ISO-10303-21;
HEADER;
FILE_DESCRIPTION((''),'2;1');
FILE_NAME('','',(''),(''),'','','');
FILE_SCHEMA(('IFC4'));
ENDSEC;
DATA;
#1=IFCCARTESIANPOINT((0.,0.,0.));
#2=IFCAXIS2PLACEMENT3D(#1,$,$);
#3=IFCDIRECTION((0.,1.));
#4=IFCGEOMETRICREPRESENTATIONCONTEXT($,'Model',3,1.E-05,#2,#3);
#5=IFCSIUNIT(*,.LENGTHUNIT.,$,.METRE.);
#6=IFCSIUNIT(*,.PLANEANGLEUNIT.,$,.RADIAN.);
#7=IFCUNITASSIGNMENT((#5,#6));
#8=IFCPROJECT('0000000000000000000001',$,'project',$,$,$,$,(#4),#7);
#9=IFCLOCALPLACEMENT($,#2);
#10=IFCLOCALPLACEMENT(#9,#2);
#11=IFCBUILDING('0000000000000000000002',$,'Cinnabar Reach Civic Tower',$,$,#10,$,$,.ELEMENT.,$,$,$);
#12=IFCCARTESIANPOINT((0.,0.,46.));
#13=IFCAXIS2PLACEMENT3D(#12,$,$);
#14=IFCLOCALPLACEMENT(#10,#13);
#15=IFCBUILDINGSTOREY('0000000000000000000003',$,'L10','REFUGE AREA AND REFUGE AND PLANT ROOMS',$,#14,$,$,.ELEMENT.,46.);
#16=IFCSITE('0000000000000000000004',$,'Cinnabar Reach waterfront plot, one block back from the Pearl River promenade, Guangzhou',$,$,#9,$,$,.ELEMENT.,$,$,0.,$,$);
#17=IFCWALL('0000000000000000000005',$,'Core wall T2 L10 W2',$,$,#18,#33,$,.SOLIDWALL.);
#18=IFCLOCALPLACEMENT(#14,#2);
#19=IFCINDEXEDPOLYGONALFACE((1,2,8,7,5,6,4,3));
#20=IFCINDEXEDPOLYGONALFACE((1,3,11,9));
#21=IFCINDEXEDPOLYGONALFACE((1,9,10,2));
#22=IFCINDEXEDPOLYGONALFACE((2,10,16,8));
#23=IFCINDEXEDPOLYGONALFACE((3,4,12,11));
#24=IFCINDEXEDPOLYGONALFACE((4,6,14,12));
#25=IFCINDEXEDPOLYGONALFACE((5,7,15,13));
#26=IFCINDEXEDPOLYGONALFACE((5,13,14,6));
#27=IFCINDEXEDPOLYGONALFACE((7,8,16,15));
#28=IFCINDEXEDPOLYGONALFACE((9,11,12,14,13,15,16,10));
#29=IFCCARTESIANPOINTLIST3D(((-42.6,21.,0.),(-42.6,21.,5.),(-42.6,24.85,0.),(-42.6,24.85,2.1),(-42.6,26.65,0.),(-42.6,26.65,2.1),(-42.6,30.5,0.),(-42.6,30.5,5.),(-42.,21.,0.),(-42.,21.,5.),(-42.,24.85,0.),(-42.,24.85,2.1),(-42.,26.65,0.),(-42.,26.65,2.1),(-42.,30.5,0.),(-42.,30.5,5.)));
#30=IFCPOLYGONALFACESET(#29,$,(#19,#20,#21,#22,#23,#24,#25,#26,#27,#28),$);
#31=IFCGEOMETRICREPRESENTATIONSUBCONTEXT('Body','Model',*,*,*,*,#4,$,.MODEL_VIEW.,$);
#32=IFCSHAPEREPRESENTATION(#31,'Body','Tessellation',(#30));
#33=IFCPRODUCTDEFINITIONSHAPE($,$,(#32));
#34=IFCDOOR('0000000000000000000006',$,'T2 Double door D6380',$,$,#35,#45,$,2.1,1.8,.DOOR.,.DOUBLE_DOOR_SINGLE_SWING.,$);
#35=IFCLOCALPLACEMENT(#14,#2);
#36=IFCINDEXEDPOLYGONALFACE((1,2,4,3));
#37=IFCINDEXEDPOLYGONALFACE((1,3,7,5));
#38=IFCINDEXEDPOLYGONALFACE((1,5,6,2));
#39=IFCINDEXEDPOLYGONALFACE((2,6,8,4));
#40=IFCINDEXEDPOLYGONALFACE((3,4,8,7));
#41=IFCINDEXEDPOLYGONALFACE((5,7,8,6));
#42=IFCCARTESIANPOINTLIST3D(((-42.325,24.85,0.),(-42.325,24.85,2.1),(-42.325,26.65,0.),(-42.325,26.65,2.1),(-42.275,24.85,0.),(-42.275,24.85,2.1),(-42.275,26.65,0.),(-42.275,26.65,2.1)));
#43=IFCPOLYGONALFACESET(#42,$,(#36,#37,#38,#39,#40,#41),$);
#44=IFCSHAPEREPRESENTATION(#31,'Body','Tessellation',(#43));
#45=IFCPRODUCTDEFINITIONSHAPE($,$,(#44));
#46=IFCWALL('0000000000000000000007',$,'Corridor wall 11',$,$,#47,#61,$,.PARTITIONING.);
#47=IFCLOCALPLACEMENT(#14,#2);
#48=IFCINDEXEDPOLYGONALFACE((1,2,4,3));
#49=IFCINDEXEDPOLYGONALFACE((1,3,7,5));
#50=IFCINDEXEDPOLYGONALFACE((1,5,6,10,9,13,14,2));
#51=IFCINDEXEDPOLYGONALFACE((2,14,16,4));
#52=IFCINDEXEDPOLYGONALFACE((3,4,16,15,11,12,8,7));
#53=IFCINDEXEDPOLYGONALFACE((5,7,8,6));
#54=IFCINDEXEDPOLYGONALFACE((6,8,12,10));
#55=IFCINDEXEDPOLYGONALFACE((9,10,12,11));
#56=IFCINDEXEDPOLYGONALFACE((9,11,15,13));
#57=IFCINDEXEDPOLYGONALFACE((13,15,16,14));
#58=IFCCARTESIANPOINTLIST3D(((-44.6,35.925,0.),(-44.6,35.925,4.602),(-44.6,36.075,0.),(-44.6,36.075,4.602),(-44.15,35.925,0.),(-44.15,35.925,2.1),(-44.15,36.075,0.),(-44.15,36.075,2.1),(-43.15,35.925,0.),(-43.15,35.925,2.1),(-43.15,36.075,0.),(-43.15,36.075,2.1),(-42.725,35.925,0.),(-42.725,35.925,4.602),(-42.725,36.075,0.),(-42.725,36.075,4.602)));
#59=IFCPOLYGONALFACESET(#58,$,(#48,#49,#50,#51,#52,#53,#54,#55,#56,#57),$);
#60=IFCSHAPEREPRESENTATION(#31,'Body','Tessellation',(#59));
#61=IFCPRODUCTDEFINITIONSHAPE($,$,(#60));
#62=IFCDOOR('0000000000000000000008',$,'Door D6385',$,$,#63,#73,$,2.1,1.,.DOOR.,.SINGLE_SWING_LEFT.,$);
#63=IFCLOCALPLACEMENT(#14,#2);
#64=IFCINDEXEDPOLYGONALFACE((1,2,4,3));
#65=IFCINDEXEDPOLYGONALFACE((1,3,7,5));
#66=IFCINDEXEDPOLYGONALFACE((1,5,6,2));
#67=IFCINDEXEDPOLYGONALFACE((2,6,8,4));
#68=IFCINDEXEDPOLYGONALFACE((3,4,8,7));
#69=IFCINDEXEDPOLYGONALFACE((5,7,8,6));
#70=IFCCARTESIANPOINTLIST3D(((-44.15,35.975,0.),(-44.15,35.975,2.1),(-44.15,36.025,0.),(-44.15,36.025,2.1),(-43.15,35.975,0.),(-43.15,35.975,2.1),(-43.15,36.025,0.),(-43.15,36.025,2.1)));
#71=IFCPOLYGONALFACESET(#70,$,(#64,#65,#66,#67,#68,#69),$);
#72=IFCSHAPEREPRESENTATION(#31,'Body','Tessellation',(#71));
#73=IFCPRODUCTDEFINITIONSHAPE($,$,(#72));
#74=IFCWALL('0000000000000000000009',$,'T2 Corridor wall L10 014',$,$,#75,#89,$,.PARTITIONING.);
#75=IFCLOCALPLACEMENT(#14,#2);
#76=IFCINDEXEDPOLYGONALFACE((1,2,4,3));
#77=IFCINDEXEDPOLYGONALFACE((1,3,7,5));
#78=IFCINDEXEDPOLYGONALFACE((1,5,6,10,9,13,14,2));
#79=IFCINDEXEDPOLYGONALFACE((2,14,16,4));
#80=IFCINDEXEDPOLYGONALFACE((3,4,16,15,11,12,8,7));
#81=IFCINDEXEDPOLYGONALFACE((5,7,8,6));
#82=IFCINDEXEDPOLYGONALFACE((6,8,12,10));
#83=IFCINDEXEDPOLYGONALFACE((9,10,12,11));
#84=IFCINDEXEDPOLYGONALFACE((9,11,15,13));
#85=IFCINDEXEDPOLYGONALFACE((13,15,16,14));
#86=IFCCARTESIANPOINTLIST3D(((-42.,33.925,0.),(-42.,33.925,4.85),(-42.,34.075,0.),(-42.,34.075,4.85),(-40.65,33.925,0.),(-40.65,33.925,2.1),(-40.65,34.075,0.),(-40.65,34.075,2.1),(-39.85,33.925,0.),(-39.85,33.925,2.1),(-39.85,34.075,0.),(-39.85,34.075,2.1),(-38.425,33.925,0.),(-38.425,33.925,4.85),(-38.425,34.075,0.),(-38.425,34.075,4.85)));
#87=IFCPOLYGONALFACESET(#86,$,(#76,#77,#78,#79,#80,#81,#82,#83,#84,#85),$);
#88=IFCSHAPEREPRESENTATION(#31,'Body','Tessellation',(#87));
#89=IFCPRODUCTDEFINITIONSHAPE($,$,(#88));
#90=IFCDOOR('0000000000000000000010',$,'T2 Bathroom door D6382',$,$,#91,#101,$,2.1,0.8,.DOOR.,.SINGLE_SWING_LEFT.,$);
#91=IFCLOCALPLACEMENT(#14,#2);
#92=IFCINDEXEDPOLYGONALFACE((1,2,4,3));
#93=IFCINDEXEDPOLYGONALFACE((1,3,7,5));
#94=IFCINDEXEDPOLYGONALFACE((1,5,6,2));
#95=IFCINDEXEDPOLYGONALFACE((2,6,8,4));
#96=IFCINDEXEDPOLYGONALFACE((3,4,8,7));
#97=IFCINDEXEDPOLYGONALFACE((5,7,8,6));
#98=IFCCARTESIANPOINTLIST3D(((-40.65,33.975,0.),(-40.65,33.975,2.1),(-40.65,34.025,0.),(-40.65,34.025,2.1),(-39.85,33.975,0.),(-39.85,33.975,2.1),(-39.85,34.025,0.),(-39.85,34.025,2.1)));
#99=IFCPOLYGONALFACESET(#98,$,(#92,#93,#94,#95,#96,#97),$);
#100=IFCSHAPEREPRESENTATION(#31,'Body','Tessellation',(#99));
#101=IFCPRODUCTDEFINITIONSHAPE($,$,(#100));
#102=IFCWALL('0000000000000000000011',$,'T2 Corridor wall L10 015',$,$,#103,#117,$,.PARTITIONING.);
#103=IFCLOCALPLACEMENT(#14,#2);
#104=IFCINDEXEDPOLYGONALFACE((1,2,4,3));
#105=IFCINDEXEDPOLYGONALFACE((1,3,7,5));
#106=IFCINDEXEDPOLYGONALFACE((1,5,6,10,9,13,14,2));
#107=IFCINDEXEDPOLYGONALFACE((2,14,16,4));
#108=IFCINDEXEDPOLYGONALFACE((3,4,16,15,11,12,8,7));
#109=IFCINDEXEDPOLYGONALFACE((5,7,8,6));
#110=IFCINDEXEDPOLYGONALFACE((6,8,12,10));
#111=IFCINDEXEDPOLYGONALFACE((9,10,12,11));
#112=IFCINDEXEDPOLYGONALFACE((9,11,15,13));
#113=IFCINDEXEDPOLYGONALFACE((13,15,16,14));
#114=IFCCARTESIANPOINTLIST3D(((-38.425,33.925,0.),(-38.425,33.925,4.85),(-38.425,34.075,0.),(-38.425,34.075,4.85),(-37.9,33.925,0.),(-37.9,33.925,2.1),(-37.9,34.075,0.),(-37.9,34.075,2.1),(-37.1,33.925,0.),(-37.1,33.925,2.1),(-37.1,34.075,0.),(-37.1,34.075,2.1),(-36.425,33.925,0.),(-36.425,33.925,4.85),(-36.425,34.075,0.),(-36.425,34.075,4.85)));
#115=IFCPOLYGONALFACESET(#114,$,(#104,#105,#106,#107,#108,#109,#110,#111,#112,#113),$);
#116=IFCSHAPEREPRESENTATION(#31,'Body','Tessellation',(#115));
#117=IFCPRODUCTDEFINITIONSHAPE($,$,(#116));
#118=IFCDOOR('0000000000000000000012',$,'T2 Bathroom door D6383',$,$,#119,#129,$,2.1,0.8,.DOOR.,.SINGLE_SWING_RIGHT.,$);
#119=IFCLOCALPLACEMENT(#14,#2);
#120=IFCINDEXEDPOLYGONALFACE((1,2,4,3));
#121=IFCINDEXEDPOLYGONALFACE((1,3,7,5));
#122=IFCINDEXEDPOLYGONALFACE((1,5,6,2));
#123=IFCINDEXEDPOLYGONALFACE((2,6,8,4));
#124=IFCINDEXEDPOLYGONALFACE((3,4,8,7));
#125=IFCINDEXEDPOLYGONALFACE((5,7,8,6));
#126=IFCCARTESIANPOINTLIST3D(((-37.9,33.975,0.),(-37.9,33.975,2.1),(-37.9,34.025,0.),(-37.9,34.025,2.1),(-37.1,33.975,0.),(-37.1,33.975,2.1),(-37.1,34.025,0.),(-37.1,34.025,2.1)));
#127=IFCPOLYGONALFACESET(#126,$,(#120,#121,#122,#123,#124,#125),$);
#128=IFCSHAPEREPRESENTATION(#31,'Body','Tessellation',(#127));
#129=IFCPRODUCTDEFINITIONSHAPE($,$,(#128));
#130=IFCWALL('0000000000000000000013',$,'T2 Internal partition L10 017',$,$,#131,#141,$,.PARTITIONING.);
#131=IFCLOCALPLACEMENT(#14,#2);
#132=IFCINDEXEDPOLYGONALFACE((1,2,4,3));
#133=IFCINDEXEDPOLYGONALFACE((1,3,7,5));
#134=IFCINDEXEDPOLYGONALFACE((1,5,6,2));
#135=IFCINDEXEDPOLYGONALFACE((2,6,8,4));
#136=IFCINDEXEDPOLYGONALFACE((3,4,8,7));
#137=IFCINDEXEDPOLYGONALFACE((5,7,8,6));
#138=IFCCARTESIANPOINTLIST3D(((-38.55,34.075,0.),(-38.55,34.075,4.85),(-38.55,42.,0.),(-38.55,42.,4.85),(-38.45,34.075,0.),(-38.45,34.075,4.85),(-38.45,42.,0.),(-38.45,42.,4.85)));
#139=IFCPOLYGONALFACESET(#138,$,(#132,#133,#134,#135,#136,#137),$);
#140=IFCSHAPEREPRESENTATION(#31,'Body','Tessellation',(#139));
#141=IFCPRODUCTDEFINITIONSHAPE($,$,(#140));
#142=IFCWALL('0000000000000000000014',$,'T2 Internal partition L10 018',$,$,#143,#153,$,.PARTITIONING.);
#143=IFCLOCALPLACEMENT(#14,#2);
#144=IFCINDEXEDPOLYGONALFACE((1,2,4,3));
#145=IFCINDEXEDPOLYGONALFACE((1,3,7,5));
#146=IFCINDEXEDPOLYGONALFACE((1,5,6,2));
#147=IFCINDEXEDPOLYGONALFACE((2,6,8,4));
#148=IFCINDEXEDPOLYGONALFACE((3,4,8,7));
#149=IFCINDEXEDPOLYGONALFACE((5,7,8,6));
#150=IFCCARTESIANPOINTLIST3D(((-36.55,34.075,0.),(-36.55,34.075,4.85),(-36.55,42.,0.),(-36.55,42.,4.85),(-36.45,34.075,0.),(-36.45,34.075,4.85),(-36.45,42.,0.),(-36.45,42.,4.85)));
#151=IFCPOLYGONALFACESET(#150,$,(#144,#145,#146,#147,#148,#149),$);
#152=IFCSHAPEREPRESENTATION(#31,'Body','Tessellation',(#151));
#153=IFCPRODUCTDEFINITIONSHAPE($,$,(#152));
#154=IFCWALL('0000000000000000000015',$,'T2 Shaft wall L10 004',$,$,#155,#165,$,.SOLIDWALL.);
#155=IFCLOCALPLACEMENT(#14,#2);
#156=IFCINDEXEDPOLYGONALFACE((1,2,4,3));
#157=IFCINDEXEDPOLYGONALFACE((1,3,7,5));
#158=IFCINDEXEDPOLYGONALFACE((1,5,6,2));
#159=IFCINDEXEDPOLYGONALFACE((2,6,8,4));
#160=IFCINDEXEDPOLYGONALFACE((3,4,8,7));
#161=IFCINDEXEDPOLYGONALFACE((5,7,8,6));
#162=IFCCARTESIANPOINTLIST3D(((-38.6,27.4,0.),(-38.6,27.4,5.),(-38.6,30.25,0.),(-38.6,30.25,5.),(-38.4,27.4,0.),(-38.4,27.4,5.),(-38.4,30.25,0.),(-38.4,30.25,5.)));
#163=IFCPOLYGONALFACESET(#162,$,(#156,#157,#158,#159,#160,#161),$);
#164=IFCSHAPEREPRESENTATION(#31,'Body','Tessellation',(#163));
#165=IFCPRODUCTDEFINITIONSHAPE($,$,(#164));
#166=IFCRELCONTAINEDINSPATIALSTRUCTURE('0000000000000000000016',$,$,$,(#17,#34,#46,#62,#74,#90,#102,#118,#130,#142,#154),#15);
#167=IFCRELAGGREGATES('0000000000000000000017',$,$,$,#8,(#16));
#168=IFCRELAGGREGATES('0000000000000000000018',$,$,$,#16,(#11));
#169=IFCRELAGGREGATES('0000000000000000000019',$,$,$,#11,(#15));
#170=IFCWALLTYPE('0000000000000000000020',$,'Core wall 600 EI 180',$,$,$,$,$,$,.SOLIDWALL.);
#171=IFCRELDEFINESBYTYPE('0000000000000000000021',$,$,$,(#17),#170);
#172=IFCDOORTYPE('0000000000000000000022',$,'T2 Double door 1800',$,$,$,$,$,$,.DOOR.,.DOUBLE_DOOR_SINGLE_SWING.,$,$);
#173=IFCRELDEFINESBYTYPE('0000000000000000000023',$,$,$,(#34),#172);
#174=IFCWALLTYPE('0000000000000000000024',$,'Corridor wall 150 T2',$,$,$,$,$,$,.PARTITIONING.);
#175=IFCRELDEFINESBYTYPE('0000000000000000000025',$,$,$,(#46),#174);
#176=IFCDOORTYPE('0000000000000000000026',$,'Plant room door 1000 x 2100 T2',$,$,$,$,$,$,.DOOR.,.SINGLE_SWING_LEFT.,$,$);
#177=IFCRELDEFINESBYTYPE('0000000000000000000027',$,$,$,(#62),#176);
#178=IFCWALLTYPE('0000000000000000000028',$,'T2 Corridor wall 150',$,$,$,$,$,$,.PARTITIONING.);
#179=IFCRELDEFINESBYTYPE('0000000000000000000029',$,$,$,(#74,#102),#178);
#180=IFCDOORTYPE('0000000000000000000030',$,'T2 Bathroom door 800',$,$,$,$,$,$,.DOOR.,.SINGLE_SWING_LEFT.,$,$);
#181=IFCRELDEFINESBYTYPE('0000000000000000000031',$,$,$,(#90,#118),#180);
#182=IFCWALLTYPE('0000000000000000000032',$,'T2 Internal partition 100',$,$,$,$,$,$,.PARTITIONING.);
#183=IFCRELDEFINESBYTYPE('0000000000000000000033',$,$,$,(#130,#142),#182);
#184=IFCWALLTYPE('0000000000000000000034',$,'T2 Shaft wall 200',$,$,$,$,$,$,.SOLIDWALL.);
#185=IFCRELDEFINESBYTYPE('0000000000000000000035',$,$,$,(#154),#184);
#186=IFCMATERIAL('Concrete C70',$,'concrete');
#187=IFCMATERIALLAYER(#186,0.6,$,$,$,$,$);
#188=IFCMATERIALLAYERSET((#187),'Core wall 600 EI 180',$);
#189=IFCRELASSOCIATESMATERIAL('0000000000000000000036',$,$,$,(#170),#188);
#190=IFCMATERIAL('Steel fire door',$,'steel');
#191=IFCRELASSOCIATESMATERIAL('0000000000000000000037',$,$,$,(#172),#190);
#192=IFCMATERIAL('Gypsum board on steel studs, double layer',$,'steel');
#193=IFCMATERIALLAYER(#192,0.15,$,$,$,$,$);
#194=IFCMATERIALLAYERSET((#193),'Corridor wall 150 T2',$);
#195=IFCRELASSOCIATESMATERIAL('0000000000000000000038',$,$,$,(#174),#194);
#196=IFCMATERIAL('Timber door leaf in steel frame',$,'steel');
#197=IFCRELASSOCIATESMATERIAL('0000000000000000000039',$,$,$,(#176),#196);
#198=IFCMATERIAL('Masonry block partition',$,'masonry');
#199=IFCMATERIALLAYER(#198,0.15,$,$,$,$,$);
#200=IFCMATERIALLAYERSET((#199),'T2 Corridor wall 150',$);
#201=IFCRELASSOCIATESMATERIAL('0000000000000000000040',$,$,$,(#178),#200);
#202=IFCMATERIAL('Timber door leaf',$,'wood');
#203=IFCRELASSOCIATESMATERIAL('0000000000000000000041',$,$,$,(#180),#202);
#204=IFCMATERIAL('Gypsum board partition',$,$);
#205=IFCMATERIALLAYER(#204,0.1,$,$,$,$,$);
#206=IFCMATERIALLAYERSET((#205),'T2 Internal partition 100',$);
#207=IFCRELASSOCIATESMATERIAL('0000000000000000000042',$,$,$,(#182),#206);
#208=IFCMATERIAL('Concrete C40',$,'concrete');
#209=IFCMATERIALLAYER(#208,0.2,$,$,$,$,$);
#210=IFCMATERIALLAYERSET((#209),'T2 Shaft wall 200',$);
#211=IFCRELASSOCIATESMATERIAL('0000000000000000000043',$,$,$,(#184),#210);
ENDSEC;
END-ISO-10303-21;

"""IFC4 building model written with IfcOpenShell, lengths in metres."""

from ifc_helpers import new_model, si_unit, direction, frame, frame_2d, origin, place, context, subcontext, project, spatial, rectangle, extrude, material, layer, layer_set, type_object, element, fill, save


model = new_model("IFC4")

# Units and contexts
model_context = context("Model", 3, precision=1e-05, world=origin(), true_north=direction((0.0, 1.0)))
body_context = subcontext(model_context, "Body", "Model", "MODEL_VIEW")
ifc_project = project(units=[si_unit("LENGTHUNIT", "METRE"), si_unit("PLANEANGLEUNIT", "RADIAN")], contexts=[model_context])

# Site, building, storey
site_placement = place(None, origin())
site = spatial("IfcSite", under=ifc_project, at=site_placement, Name="Cinnabar Reach waterfront plot, one block back from the Pearl River promenade, Guangzhou", CompositionType="ELEMENT", RefElevation=0.0)
building_placement = place(site_placement, origin())
building = spatial("IfcBuilding", under=site, at=building_placement, Name="Cinnabar Reach Civic Tower", CompositionType="ELEMENT")
storey_placement = place(building_placement, frame((0.0, 0.0, 46.0)))
storey = spatial("IfcBuildingStorey", under=building, at=storey_placement, Name="L10", Description="REFUGE AREA AND REFUGE AND PLANT ROOMS", CompositionType="ELEMENT", Elevation=46.0)

# Shared definitions
ifc_material_1 = material(Name="Concrete C70", Category="concrete")

# Walls, openings, doors
ifc_layer_1 = layer(ifc_material_1, 0.6)
ifc_layer_set_1 = layer_set([ifc_layer_1], Name="Core wall 600 EI 180")
wall_type_1 = type_object("IfcWallType", Name="Core wall 600 EI 180", PredefinedType="SOLIDWALL", material=ifc_layer_set_1)
ifc_material_2 = material(Name="Steel fire door", Category="steel")
door_type_1 = type_object("IfcDoorType", Name="T2 Double door 1800", OperationType="DOUBLE_DOOR_SINGLE_SWING", PredefinedType="DOOR", material=ifc_material_2)
wall_1_placement = place(storey_placement, frame((-42.3, 30.5, 0.0), z_axis=(0.0, 0.0, 1.0), x_axis=(0.0, -1.0, 0.0)))
wall_1 = element("IfcWall", 1, at=wall_1_placement, inside=storey, type_object=wall_type_1, Name="Core wall T2 L10 W2", PredefinedType="SOLIDWALL", context=body_context, shape_type="SweptSolid", body=[
    extrude(rectangle(XDim=9.5, YDim=0.6, at=frame_2d((4.75, 0.0))), origin(), (0.0, 0.0, 1.0), 5.0),
])
opening_1_placement = place(wall_1_placement, frame((3.85, 0.0, 0.0)))
opening_1 = element("IfcOpeningElement", 2, at=opening_1_placement, cuts=wall_1, PredefinedType="OPENING", context=body_context, shape_type="SweptSolid", body=[
    extrude(rectangle(XDim=1.8, YDim=2.1, at=frame_2d((0.9, 1.05))), frame((0.0, 0.31, 0.0), z_axis=(0.0, -1.0, 0.0), x_axis=(1.0, 0.0, 0.0)), (0.0, 0.0, 1.0), 0.62),
])
door_1_placement = place(opening_1_placement, origin())
door_1 = element("IfcDoor", 3, at=door_1_placement, inside=storey, type_object=door_type_1, Name="T2 Double door D6380", OperationType="DOUBLE_DOOR_SINGLE_SWING", OverallHeight=2.1, OverallWidth=1.8, PredefinedType="DOOR", context=body_context, shape_type="SweptSolid", body=[
    extrude(rectangle(XDim=1.8, YDim=2.1, at=frame_2d((0.9, 1.05))), frame((0.0, 0.025, 0.0), z_axis=(0.0, -1.0, 0.0), x_axis=(1.0, 0.0, 0.0)), (0.0, 0.0, 1.0), 0.05),
])
fill(opening_1, door_1)
ifc_material_3 = material(Name="Gypsum board on steel studs, double layer", Category="steel")
ifc_layer_2 = layer(ifc_material_3, 0.15)
ifc_layer_set_2 = layer_set([ifc_layer_2], Name="Corridor wall 150 T2")
wall_type_2 = type_object("IfcWallType", Name="Corridor wall 150 T2", PredefinedType="PARTITIONING", material=ifc_layer_set_2)
wall_2_placement = place(storey_placement, frame((-44.6, 36.0, 0.0), z_axis=(0.0, 0.0, 1.0), x_axis=(1.0, 0.0, 0.0)))
wall_2 = element("IfcWall", 4, at=wall_2_placement, inside=storey, type_object=wall_type_2, Name="Corridor wall 11", PredefinedType="PARTITIONING", context=body_context, shape_type="SweptSolid", body=[
    extrude(rectangle(XDim=1.875, YDim=0.15, at=frame_2d((0.9375, 0.0))), origin(), (0.0, 0.0, 1.0), 4.602),
])
opening_2_placement = place(wall_2_placement, frame((0.45, 0.0, 0.0)))
opening_2 = element("IfcOpeningElement", 5, at=opening_2_placement, cuts=wall_2, PredefinedType="OPENING", context=body_context, shape_type="SweptSolid", body=[
    extrude(rectangle(XDim=1.0, YDim=2.1, at=frame_2d((0.5, 1.05))), frame((0.0, 0.085, 0.0), z_axis=(0.0, -1.0, 0.0), x_axis=(1.0, 0.0, 0.0)), (0.0, 0.0, 1.0), 0.17),
])
ifc_material_4 = material(Name="Timber door leaf in steel frame", Category="steel")
door_type_2 = type_object("IfcDoorType", Name="Plant room door 1000 x 2100 T2", OperationType="SINGLE_SWING_LEFT", PredefinedType="DOOR", material=ifc_material_4)
door_2_placement = place(opening_2_placement, origin())
door_2 = element("IfcDoor", 6, at=door_2_placement, inside=storey, type_object=door_type_2, Name="Door D6385", OperationType="SINGLE_SWING_LEFT", OverallHeight=2.1, OverallWidth=1.0, PredefinedType="DOOR", context=body_context, shape_type="SweptSolid", body=[
    extrude(rectangle(XDim=1.0, YDim=2.1, at=frame_2d((0.5, 1.05))), frame((0.0, 0.025, 0.0), z_axis=(0.0, -1.0, 0.0), x_axis=(1.0, 0.0, 0.0)), (0.0, 0.0, 1.0), 0.05),
])
fill(opening_2, door_2)
ifc_material_5 = material(Name="Masonry block partition", Category="masonry")
ifc_layer_3 = layer(ifc_material_5, 0.15)
ifc_layer_set_3 = layer_set([ifc_layer_3], Name="T2 Corridor wall 150")
wall_type_3 = type_object("IfcWallType", Name="T2 Corridor wall 150", PredefinedType="PARTITIONING", material=ifc_layer_set_3)
wall_3_placement = place(storey_placement, frame((-38.425, 34.0, 0.0), z_axis=(0.0, 0.0, 1.0), x_axis=(-1.0, 0.0, 0.0)))
wall_3 = element("IfcWall", 7, at=wall_3_placement, inside=storey, type_object=wall_type_3, Name="T2 Corridor wall L10 014", PredefinedType="PARTITIONING", context=body_context, shape_type="SweptSolid", body=[
    extrude(rectangle(XDim=3.575, YDim=0.15, at=frame_2d((1.7875, 0.0))), origin(), (0.0, 0.0, 1.0), 4.85),
])
opening_3_placement = place(wall_3_placement, frame((1.425, 0.0, 0.0)))
opening_3 = element("IfcOpeningElement", 8, at=opening_3_placement, cuts=wall_3, PredefinedType="OPENING", context=body_context, shape_type="SweptSolid", body=[
    extrude(rectangle(XDim=0.8, YDim=2.1, at=frame_2d((0.4, 1.05))), frame((0.0, 0.085, 0.0), z_axis=(0.0, -1.0, 0.0), x_axis=(1.0, 0.0, 0.0)), (0.0, 0.0, 1.0), 0.17),
])
ifc_material_6 = material(Name="Timber door leaf", Category="wood")
door_type_3 = type_object("IfcDoorType", Name="T2 Bathroom door 800", OperationType="SINGLE_SWING_LEFT", PredefinedType="DOOR", material=ifc_material_6)
door_3_placement = place(opening_3_placement, frame((0.8, 0.0, 0.0), z_axis=(0.0, 0.0, 1.0), x_axis=(-1.0, 0.0, 0.0)))
door_3 = element("IfcDoor", 9, at=door_3_placement, inside=storey, type_object=door_type_3, Name="T2 Bathroom door D6382", OperationType="SINGLE_SWING_LEFT", OverallHeight=2.1, OverallWidth=0.8, PredefinedType="DOOR", context=body_context, shape_type="SweptSolid", body=[
    extrude(rectangle(XDim=0.8, YDim=2.1, at=frame_2d((0.4, 1.05))), frame((0.0, 0.025, 0.0), z_axis=(0.0, -1.0, 0.0), x_axis=(1.0, 0.0, 0.0)), (0.0, 0.0, 1.0), 0.05),
])
fill(opening_3, door_3)
wall_4_placement = place(storey_placement, frame((-36.425, 34.0, 0.0), z_axis=(0.0, 0.0, 1.0), x_axis=(-1.0, 0.0, 0.0)))
wall_4 = element("IfcWall", 10, at=wall_4_placement, inside=storey, type_object=wall_type_3, Name="T2 Corridor wall L10 015", PredefinedType="PARTITIONING", context=body_context, shape_type="SweptSolid", body=[
    extrude(rectangle(XDim=2.0, YDim=0.15, at=frame_2d((1.0, 0.0))), origin(), (0.0, 0.0, 1.0), 4.85),
])
opening_4_placement = place(wall_4_placement, frame((0.675, 0.0, 0.0)))
opening_4 = element("IfcOpeningElement", 11, at=opening_4_placement, cuts=wall_4, PredefinedType="OPENING", context=body_context, shape_type="SweptSolid", body=[
    extrude(rectangle(XDim=0.8, YDim=2.1, at=frame_2d((0.4, 1.05))), frame((0.0, 0.085, 0.0), z_axis=(0.0, -1.0, 0.0), x_axis=(1.0, 0.0, 0.0)), (0.0, 0.0, 1.0), 0.17),
])
door_4_placement = place(opening_4_placement, frame((0.8, 0.0, 0.0), z_axis=(0.0, 0.0, 1.0), x_axis=(-1.0, 0.0, 0.0)))
door_4 = element("IfcDoor", 12, at=door_4_placement, inside=storey, type_object=door_type_3, Name="T2 Bathroom door D6383", OperationType="SINGLE_SWING_RIGHT", OverallHeight=2.1, OverallWidth=0.8, PredefinedType="DOOR", context=body_context, shape_type="SweptSolid", body=[
    extrude(rectangle(XDim=0.8, YDim=2.1, at=frame_2d((0.4, 1.05))), frame((0.0, 0.025, 0.0), z_axis=(0.0, -1.0, 0.0), x_axis=(1.0, 0.0, 0.0)), (0.0, 0.0, 1.0), 0.05),
])
fill(opening_4, door_4)

# Walls
ifc_material_7 = material(Name="Gypsum board partition")
ifc_layer_4 = layer(ifc_material_7, 0.1)
ifc_layer_set_4 = layer_set([ifc_layer_4], Name="T2 Internal partition 100")
wall_type_4 = type_object("IfcWallType", Name="T2 Internal partition 100", PredefinedType="PARTITIONING", material=ifc_layer_set_4)
for number, where, z_axis, x_axis, name in (
    (13, (-38.5, 34.075, 0.0), (0.0, 0.0, 1.0), (0.0, 1.0, 0.0), "T2 Internal partition L10 017"),
    (14, (-36.5, 34.075, 0.0), (0.0, 0.0, 1.0), (0.0, 1.0, 0.0), "T2 Internal partition L10 018"),
):
    element("IfcWall", number, at=place(storey_placement, frame(where, z_axis=z_axis, x_axis=x_axis)), inside=storey, type_object=wall_type_4, Name=name, PredefinedType="PARTITIONING", context=body_context, shape_type="SweptSolid", body=[
        extrude(rectangle(XDim=7.925, YDim=0.1, at=frame_2d((3.9625, 0.0))), origin(), (0.0, 0.0, 1.0), 4.85),
    ])
ifc_material_8 = material(Name="Concrete C40", Category="concrete")
ifc_layer_5 = layer(ifc_material_8, 0.2)
ifc_layer_set_5 = layer_set([ifc_layer_5], Name="T2 Shaft wall 200")
wall_type_5 = type_object("IfcWallType", Name="T2 Shaft wall 200", PredefinedType="SOLIDWALL", material=ifc_layer_set_5)
wall_5_placement = place(storey_placement, frame((-38.5, 27.4, 0.0), z_axis=(0.0, 0.0, 1.0), x_axis=(0.0, 1.0, 0.0)))
element("IfcWall", 15, at=wall_5_placement, inside=storey, type_object=wall_type_5, Name="T2 Shaft wall L10 004", PredefinedType="SOLIDWALL", context=body_context, shape_type="SweptSolid", body=[
    extrude(rectangle(XDim=2.85, YDim=0.2, at=frame_2d((1.425, 0.0))), origin(), (0.0, 0.0, 1.0), 5.0),
])

save(model, "model.ifc")
